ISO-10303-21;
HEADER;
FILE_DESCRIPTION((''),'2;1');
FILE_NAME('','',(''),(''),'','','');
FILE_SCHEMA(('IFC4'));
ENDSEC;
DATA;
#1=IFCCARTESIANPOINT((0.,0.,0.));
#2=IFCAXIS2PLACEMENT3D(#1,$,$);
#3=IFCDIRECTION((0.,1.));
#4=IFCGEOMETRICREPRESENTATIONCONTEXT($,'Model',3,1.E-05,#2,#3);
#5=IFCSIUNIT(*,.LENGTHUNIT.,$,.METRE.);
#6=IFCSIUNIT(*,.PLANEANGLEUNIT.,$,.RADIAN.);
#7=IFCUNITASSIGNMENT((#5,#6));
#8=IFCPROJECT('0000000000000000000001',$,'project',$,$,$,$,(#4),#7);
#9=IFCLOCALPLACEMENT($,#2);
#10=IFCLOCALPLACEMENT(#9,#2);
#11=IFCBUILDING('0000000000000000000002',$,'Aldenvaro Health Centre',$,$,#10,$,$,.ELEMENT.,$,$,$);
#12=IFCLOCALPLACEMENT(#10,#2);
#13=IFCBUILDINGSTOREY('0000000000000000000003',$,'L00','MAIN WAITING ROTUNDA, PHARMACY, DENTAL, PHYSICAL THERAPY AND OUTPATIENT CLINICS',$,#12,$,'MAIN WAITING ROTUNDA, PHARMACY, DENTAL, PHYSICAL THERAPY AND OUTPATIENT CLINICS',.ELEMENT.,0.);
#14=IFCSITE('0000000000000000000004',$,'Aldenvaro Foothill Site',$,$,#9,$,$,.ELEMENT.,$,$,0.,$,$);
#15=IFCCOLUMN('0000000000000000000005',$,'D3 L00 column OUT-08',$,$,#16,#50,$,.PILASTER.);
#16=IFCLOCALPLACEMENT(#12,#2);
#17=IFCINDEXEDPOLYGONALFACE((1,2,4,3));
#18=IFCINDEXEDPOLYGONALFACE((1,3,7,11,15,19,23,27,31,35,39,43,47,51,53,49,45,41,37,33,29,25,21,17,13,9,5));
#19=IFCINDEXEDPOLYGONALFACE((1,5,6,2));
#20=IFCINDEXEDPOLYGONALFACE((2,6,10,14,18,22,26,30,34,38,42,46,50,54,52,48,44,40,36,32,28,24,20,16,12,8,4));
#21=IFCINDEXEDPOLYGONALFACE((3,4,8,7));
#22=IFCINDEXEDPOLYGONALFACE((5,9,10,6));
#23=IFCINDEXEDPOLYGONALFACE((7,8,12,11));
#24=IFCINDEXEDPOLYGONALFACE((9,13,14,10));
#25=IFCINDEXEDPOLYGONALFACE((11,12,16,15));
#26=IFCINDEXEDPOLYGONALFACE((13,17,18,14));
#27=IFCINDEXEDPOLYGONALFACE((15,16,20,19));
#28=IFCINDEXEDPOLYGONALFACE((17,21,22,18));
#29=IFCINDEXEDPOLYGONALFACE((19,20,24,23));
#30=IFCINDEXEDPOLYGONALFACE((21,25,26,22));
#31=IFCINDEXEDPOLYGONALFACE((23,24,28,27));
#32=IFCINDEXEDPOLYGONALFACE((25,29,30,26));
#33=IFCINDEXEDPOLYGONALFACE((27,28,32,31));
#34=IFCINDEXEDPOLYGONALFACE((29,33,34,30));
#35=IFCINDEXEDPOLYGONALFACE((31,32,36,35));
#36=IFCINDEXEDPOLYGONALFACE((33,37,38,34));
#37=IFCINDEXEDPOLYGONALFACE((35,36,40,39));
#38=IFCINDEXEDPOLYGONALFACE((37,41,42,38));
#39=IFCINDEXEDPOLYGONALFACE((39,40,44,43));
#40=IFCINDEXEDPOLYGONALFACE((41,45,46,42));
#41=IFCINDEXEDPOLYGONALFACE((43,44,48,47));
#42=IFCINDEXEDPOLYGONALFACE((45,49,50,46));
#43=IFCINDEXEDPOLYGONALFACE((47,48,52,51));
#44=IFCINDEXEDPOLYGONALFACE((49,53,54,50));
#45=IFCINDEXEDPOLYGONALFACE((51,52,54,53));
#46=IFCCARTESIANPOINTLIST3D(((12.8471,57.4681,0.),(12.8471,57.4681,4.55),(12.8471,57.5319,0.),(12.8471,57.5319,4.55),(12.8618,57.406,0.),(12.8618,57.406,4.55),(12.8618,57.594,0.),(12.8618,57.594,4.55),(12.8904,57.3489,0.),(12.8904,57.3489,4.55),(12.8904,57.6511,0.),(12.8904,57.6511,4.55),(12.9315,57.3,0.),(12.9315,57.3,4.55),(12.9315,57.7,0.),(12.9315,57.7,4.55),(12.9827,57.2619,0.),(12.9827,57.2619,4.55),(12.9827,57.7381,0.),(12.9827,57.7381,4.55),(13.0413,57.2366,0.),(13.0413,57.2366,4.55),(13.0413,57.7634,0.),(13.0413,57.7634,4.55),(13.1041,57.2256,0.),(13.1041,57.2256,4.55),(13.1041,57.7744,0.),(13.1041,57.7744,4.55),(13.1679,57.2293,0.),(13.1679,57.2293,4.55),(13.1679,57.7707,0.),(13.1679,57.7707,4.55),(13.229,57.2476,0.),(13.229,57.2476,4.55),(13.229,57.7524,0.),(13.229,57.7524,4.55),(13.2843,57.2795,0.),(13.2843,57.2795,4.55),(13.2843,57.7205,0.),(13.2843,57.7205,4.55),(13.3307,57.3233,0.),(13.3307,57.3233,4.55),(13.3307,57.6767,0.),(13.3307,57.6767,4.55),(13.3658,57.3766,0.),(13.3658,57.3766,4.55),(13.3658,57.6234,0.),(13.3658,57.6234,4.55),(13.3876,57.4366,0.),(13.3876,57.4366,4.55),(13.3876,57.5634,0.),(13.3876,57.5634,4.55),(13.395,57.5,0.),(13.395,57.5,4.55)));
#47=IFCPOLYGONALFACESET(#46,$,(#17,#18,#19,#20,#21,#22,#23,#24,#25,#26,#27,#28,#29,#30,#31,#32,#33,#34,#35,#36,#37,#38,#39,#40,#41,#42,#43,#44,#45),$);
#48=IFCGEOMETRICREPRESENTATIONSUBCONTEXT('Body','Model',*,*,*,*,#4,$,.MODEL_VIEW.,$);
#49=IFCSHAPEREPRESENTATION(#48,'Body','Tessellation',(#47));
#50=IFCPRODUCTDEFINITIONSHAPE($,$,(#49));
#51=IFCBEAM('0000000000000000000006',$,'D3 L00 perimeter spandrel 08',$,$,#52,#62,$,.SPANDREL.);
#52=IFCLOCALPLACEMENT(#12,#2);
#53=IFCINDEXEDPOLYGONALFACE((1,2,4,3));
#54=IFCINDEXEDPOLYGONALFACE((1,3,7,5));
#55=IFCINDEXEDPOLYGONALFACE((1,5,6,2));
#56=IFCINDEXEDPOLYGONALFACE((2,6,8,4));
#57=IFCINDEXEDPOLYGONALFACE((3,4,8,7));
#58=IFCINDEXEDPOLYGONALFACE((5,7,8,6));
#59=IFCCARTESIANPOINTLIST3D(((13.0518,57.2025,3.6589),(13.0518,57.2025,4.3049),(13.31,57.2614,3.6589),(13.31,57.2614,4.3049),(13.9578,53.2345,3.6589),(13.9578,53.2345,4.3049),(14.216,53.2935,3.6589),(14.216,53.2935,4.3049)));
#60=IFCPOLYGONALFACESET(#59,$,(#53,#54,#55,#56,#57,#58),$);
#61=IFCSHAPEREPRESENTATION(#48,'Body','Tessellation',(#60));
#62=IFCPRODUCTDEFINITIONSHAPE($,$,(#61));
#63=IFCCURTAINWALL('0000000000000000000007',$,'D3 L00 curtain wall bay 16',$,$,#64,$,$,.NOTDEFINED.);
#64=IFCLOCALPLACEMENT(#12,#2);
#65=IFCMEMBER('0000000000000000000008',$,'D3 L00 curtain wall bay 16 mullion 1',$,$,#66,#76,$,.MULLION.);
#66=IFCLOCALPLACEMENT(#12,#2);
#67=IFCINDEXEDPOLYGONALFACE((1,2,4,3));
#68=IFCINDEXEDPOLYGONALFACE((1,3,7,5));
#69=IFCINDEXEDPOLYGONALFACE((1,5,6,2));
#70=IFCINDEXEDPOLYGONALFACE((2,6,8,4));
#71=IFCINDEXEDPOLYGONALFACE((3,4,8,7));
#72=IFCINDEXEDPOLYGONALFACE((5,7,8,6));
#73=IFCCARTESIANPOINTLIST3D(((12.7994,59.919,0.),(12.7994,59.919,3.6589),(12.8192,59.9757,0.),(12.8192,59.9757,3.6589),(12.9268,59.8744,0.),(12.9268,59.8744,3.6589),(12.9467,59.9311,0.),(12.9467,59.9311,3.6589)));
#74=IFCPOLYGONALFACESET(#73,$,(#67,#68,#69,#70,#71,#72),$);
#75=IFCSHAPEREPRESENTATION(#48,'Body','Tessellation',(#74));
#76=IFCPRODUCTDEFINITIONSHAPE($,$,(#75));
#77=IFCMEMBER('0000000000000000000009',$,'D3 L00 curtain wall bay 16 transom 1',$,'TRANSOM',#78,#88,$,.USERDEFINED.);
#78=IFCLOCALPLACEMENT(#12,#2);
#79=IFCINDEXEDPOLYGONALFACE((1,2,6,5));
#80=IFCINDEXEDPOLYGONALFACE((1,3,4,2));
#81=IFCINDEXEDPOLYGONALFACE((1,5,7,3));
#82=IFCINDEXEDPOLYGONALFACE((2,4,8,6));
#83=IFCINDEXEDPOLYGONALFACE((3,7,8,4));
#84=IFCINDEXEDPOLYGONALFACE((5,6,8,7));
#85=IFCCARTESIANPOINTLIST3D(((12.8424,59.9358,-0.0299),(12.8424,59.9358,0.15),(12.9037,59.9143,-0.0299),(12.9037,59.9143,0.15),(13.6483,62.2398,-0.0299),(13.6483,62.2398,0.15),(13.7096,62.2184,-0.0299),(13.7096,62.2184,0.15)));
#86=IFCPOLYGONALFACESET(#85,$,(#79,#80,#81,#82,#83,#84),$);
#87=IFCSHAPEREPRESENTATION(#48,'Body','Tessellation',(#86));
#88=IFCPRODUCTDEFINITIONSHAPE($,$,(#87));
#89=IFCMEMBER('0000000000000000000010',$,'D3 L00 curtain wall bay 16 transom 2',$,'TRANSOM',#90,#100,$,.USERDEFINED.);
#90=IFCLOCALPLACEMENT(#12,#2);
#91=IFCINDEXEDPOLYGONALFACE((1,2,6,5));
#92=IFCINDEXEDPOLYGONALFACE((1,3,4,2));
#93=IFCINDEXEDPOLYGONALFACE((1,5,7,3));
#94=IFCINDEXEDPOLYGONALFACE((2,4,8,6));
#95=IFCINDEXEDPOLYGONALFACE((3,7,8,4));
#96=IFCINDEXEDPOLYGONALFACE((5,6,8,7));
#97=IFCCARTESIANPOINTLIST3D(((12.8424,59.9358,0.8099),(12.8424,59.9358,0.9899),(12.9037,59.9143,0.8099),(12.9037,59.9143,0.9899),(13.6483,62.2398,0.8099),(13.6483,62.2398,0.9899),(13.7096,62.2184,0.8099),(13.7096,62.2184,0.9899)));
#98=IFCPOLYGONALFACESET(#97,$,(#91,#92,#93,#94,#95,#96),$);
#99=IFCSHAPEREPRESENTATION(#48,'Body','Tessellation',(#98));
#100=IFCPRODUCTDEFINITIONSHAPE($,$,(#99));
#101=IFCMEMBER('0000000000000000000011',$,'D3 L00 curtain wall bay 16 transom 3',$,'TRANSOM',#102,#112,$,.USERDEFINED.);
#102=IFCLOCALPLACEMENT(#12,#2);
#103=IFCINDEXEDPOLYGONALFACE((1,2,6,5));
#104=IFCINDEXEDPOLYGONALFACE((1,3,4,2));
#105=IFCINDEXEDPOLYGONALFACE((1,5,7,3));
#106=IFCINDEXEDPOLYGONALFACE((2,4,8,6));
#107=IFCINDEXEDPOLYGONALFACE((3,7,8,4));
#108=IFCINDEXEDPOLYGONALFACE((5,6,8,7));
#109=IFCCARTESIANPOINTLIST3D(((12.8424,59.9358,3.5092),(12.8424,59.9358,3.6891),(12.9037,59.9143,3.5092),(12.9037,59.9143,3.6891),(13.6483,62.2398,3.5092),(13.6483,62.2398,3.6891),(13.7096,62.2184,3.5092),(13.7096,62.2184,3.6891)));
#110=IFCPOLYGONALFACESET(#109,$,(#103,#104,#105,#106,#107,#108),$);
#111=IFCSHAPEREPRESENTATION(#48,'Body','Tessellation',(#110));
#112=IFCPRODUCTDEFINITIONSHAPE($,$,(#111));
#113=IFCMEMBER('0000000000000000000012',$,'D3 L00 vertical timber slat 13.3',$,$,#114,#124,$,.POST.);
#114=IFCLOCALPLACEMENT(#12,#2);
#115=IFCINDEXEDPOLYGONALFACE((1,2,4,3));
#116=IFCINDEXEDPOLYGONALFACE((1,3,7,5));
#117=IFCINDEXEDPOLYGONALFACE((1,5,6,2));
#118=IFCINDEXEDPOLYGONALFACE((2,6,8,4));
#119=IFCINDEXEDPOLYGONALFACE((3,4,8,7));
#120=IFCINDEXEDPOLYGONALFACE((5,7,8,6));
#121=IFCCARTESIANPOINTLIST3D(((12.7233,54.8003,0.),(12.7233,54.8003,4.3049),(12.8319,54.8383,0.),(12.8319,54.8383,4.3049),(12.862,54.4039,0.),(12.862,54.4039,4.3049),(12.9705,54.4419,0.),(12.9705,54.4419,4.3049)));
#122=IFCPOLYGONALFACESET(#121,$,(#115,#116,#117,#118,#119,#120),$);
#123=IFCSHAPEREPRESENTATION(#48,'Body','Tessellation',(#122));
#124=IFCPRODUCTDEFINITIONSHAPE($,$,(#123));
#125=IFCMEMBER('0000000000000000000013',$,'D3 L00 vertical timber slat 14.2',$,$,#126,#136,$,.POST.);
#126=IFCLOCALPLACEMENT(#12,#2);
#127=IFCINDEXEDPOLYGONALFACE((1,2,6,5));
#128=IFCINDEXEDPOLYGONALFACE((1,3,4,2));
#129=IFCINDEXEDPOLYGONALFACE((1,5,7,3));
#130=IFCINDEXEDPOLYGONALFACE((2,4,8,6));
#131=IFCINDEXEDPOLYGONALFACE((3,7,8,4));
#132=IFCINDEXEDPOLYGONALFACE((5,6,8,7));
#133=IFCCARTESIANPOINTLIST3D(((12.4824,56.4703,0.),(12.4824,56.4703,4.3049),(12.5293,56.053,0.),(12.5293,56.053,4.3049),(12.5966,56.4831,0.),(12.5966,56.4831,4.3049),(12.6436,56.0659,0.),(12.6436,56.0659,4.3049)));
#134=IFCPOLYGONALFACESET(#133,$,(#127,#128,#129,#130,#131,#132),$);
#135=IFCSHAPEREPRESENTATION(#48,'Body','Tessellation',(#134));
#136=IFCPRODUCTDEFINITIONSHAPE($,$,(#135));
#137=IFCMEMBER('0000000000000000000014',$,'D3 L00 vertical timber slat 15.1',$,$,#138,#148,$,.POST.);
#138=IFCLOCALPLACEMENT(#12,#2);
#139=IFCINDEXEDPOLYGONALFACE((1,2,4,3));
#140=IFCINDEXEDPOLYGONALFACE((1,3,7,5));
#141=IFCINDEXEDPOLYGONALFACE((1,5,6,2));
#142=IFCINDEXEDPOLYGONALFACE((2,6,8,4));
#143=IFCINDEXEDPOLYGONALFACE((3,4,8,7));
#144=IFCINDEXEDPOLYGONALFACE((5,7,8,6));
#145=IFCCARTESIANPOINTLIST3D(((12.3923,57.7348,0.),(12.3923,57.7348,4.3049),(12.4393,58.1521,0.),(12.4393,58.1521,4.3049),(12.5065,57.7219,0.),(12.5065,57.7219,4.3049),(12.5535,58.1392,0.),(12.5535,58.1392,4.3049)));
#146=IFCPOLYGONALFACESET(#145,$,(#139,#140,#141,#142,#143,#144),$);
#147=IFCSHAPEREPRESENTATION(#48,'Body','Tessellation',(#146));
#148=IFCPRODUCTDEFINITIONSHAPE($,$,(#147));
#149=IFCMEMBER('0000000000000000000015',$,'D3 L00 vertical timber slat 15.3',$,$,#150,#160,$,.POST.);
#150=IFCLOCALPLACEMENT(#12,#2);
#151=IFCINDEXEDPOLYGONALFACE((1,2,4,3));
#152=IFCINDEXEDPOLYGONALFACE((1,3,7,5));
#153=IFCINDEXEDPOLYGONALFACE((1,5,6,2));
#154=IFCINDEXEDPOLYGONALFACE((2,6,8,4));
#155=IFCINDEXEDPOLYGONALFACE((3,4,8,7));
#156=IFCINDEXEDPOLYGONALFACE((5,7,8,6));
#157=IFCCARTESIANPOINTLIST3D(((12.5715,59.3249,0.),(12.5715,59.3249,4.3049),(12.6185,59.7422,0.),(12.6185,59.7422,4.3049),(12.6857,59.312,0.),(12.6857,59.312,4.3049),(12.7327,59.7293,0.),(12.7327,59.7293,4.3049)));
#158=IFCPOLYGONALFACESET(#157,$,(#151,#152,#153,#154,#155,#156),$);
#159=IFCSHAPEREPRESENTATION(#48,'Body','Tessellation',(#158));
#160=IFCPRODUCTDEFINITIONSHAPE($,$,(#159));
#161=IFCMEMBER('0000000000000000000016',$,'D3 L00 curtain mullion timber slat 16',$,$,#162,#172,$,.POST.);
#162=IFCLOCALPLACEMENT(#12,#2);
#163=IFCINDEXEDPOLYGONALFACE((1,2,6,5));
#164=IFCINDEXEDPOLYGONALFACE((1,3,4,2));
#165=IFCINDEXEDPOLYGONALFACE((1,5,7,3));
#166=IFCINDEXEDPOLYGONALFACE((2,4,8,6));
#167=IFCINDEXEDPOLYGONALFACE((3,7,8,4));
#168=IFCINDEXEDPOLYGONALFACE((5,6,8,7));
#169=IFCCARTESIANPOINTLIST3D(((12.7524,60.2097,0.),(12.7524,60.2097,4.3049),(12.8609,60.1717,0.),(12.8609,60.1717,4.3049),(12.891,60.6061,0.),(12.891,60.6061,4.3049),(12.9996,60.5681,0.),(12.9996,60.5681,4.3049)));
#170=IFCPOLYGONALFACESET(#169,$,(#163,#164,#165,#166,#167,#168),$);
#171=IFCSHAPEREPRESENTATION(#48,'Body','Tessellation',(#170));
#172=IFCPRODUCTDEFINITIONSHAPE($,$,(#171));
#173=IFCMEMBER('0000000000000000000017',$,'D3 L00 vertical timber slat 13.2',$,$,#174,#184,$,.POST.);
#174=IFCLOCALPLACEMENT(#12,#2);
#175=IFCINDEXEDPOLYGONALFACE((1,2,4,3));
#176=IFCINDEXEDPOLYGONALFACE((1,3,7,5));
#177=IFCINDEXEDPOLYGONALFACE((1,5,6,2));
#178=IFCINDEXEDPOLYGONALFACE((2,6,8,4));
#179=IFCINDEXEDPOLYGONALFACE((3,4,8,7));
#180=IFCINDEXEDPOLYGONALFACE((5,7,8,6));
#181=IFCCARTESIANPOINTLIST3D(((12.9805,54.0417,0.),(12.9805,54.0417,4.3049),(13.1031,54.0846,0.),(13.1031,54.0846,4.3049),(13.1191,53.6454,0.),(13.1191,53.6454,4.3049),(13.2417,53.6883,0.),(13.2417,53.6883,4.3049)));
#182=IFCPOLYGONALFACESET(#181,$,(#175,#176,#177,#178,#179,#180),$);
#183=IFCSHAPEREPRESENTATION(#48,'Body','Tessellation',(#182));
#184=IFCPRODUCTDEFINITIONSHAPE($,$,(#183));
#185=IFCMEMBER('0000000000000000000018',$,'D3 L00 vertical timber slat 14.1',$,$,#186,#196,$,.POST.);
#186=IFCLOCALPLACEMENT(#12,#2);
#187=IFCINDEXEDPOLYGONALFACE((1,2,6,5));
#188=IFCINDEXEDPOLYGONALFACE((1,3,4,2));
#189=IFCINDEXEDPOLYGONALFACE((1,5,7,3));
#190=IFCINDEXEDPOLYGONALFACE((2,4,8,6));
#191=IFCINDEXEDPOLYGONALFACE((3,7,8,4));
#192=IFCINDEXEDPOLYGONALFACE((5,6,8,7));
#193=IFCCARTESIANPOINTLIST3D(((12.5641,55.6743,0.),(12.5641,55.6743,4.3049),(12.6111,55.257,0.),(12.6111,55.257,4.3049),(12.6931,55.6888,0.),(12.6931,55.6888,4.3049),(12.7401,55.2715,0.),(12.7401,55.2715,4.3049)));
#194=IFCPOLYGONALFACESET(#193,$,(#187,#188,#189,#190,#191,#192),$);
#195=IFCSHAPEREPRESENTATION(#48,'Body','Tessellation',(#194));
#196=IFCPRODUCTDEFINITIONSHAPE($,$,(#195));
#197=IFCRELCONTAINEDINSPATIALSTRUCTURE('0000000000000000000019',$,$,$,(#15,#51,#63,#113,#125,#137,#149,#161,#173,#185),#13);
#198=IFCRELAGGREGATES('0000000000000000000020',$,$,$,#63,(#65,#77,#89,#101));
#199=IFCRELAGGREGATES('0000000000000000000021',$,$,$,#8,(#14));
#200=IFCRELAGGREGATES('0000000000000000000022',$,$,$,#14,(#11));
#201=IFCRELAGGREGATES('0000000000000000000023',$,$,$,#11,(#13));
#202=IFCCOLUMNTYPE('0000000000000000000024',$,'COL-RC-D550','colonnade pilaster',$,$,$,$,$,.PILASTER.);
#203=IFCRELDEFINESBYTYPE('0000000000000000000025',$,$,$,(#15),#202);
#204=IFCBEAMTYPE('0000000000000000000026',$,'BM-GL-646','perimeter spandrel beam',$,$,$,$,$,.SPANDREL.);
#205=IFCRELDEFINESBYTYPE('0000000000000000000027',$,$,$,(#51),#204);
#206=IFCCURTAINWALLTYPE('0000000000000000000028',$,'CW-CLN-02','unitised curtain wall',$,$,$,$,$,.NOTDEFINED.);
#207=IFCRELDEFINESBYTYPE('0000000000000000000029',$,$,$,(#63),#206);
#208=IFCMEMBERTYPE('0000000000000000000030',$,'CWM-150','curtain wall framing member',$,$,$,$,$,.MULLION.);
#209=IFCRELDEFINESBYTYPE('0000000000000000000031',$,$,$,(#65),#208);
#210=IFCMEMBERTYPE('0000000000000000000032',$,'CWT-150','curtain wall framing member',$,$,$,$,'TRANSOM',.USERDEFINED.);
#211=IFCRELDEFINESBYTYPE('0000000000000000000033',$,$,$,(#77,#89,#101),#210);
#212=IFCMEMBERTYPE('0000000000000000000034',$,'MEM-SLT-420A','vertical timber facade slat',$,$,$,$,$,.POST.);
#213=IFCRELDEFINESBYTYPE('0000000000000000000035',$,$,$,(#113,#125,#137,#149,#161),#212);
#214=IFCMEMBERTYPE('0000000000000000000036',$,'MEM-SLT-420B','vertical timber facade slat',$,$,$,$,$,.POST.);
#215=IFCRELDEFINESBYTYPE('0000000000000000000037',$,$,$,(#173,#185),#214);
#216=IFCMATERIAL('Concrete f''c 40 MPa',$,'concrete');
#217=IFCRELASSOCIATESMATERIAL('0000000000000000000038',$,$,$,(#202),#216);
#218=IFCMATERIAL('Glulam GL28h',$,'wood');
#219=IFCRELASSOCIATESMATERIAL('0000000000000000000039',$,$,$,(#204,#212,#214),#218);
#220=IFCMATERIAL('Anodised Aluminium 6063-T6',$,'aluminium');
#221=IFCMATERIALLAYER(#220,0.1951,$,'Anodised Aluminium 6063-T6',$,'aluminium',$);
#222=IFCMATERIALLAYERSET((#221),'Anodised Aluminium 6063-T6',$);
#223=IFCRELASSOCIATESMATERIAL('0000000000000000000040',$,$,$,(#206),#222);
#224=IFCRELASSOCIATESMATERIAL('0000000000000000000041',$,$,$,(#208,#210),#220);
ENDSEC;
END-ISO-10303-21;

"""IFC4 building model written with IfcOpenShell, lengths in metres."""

from ifc_helpers import new_model, si_unit, direction, frame, origin, origin_2d, place, context, subcontext, project, spatial, rectangle, circle, extrude, material, layer, layer_set, material_profile, profile_set, type_object, element, aggregate, save


model = new_model("IFC4")

# Units and contexts
model_context = context("Model", 3, precision=1e-05, world=origin(), true_north=direction((0.0, 1.0)))
body_context = subcontext(model_context, "Body", "Model", "MODEL_VIEW")
ifc_project = project(units=[si_unit("LENGTHUNIT", "METRE"), si_unit("PLANEANGLEUNIT", "RADIAN")], contexts=[model_context])

# Site, building, storey
site_placement = place(None, origin())
site = spatial("IfcSite", under=ifc_project, at=site_placement, Name="Aldenvaro Foothill Site", CompositionType="ELEMENT", RefElevation=0.0)
building_placement = place(site_placement, origin())
building = spatial("IfcBuilding", under=site, at=building_placement, Name="Aldenvaro Health Centre", CompositionType="ELEMENT")
storey_placement = place(building_placement, origin())
storey = spatial("IfcBuildingStorey", under=building, at=storey_placement, Name="L00", Description="MAIN WAITING ROTUNDA, PHARMACY, DENTAL, PHYSICAL THERAPY AND OUTPATIENT CLINICS", LongName="MAIN WAITING ROTUNDA, PHARMACY, DENTAL, PHYSICAL THERAPY AND OUTPATIENT CLINICS", CompositionType="ELEMENT", Elevation=0.0)

# Column
ifc_material_1 = material(Name="Concrete f'c 40 MPa", Category="concrete")
ifc_material_profile_1 = material_profile(ifc_material_1, circle(Radius=0.2749, at=origin_2d()), Name="RC D550", Category="concrete")
ifc_profile_set_1 = profile_set([ifc_material_profile_1], Name="Concrete f'c 40 MPa")
column_type = type_object("IfcColumnType", Name="COL-RC-D550", Description="colonnade pilaster", PredefinedType="PILASTER", material=ifc_profile_set_1)
column_placement = place(storey_placement, frame((13.1201, 57.5, 0.0), z_axis=(0.0, 0.0, 1.0), x_axis=(1.0, 0.0, 0.0)))
element("IfcColumn", 1, at=column_placement, inside=storey, type_object=column_type, Name="D3 L00 column OUT-08", PredefinedType="PILASTER", context=body_context, shape_type="SweptSolid", body=[
    extrude(circle(Radius=0.2749, at=origin_2d()), origin(), (0.0, 0.0, 1.0), 4.55),
])

# Beam
ifc_material_2 = material(Name="Glulam GL28h", Category="wood")
ifc_material_profile_2 = material_profile(ifc_material_2, rectangle(XDim=0.2649, YDim=0.646, at=origin_2d()), Name="GL 265x646", Category="wood")
ifc_profile_set_2 = profile_set([ifc_material_profile_2], Name="Glulam GL28h")
beam_type = type_object("IfcBeamType", Name="BM-GL-646", Description="perimeter spandrel beam", PredefinedType="SPANDREL", material=ifc_profile_set_2)
beam_placement = place(storey_placement, frame((13.1809, 57.2319, 3.9819), z_axis=(0.222598, -0.97491, 0.0), x_axis=(0.97491, 0.222598, 0.0)))
element("IfcBeam", 2, at=beam_placement, inside=storey, type_object=beam_type, Name="D3 L00 perimeter spandrel 08", PredefinedType="SPANDREL", context=body_context, shape_type="SweptSolid", body=[
    extrude(rectangle(XDim=0.2649, YDim=0.646, at=origin_2d()), origin(), (0.0, 0.0, 1.0), 4.0701),
])

# Curtain wall, members
ifc_material_3 = material(Name="Anodised Aluminium 6063-T6", Category="aluminium")
ifc_layer_1 = layer(ifc_material_3, 0.1951, Name="Anodised Aluminium 6063-T6", Category="aluminium")
ifc_layer_set_1 = layer_set([ifc_layer_1], Name="Anodised Aluminium 6063-T6")
curtain_wall_type = type_object("IfcCurtainWallType", Name="CW-CLN-02", Description="unitised curtain wall", PredefinedType="NOTDEFINED", material=ifc_layer_set_1)
curtain_wall_placement = place(storey_placement, origin())
curtain_wall = element("IfcCurtainWall", 3, at=curtain_wall_placement, inside=storey, type_object=curtain_wall_type, Name="D3 L00 curtain wall bay 16", PredefinedType="NOTDEFINED")
ifc_material_profile_3 = material_profile(ifc_material_3, rectangle(XDim=0.0601, YDim=0.135, at=origin_2d()), Name="ALU 60x135", Category="aluminium")
ifc_profile_set_3 = profile_set([ifc_material_profile_3], Name="Anodised Aluminium 6063-T6")
member_type_1 = type_object("IfcMemberType", Name="CWM-150", Description="curtain wall framing member", PredefinedType="MULLION", material=ifc_profile_set_3)
member_1_placement = place(storey_placement, frame((12.873, 59.925, 0.0), z_axis=(0.0, 0.0, 1.0), x_axis=(0.330204, 0.943909, 0.0)))
member_1 = element("IfcMember", 4, at=member_1_placement, type_object=member_type_1, Name="D3 L00 curtain wall bay 16 mullion 1", PredefinedType="MULLION", context=body_context, shape_type="SweptSolid", body=[
    extrude(rectangle(XDim=0.0601, YDim=0.135, at=origin_2d()), origin(), (0.0, 0.0, 1.0), 3.6589),
])
ifc_material_profile_4 = material_profile(ifc_material_3, rectangle(XDim=0.0649, YDim=0.1799, at=origin_2d()), Name="ALU 65x180", Category="aluminium")
ifc_profile_set_4 = profile_set([ifc_material_profile_4], Name="Anodised Aluminium 6063-T6")
member_type_2 = type_object("IfcMemberType", Name="CWT-150", Description="curtain wall framing member", ElementType="TRANSOM", PredefinedType="USERDEFINED", material=ifc_profile_set_4)
member_2_placement = place(storey_placement, frame((12.873, 59.925, 0.0601), z_axis=(0.330177, 0.943919, 0.0), x_axis=(-0.943919, 0.330177, 0.0)))
member_2 = element("IfcMember", 5, at=member_2_placement, type_object=member_type_2, Name="D3 L00 curtain wall bay 16 transom 1", ObjectType="TRANSOM", PredefinedType="USERDEFINED", context=body_context, shape_type="SweptSolid", body=[
    extrude(rectangle(XDim=0.0649, YDim=0.1799, at=origin_2d()), origin(), (0.0, 0.0, 1.0), 2.4409),
])
member_3_placement = place(storey_placement, frame((12.873, 59.925, 0.8999), z_axis=(0.330177, 0.943919, 0.0), x_axis=(-0.943919, 0.330177, 0.0)))
member_3 = element("IfcMember", 6, at=member_3_placement, type_object=member_type_2, Name="D3 L00 curtain wall bay 16 transom 2", ObjectType="TRANSOM", PredefinedType="USERDEFINED", context=body_context, shape_type="SweptSolid", body=[
    extrude(rectangle(XDim=0.0649, YDim=0.1799, at=origin_2d()), origin(), (0.0, 0.0, 1.0), 2.4409),
])
member_4_placement = place(storey_placement, frame((12.873, 59.925, 3.5991), z_axis=(0.330177, 0.943919, 0.0), x_axis=(-0.943919, 0.330177, 0.0)))
member_4 = element("IfcMember", 7, at=member_4_placement, type_object=member_type_2, Name="D3 L00 curtain wall bay 16 transom 3", ObjectType="TRANSOM", PredefinedType="USERDEFINED", context=body_context, shape_type="SweptSolid", body=[
    extrude(rectangle(XDim=0.0649, YDim=0.1799, at=origin_2d()), origin(), (0.0, 0.0, 1.0), 2.4409),
])

# Members
ifc_material_profile_5 = material_profile(ifc_material_2, rectangle(XDim=0.115, YDim=0.4199, at=origin_2d()), Name="GL 115x420", Category="wood")
ifc_profile_set_5 = profile_set([ifc_material_profile_5], Name="Glulam GL28h")
member_type_3 = type_object("IfcMemberType", Name="MEM-SLT-420A", Description="vertical timber facade slat", PredefinedType="POST", material=ifc_profile_set_5)
for number, where, z_axis, x_axis, name in (
    (8, (12.8469, 54.6211, 0.0), (0.0, 0.0, 1.0), (-0.943909, -0.330204, 0.0), "D3 L00 vertical timber slat 13.3"),
    (9, (12.563, 56.2681, 0.0), (0.0, 0.0, 1.0), (-0.993723, -0.111871, 0.0), "D3 L00 vertical timber slat 14.2"),
    (10, (12.4729, 57.937, 0.0), (0.0, 0.0, 1.0), (-0.993723, 0.111871, 0.0), "D3 L00 vertical timber slat 15.1"),
    (11, (12.6521, 59.5271, 0.0), (0.0, 0.0, 1.0), (-0.993723, 0.111871, 0.0), "D3 L00 vertical timber slat 15.3"),
    (12, (12.876, 60.3889, 0.0), (0.0, 0.0, 1.0), (-0.943909, 0.330204, 0.0), "D3 L00 curtain mullion timber slat 16"),
):
    element("IfcMember", number, at=place(storey_placement, frame(where, z_axis=z_axis, x_axis=x_axis)), inside=storey, type_object=member_type_3, Name=name, PredefinedType="POST", context=body_context, shape_type="SweptSolid", body=[
        extrude(rectangle(XDim=0.115, YDim=0.4199, at=origin_2d()), origin(), (0.0, 0.0, 1.0), 4.3049),
    ])
ifc_material_profile_6 = material_profile(ifc_material_2, rectangle(XDim=0.1299, YDim=0.4199, at=origin_2d()), Name="GL 130x420", Category="wood")
ifc_profile_set_6 = profile_set([ifc_material_profile_6], Name="Glulam GL28h")
member_type_4 = type_object("IfcMemberType", Name="MEM-SLT-420B", Description="vertical timber facade slat", PredefinedType="POST", material=ifc_profile_set_6)
for number, where, z_axis, x_axis, name in (
    (13, (13.1111, 53.865, 0.0), (0.0, 0.0, 1.0), (-0.943909, -0.330204, 0.0), "D3 L00 vertical timber slat 13.2"),
    (14, (12.6521, 55.4729, 0.0), (0.0, 0.0, 1.0), (-0.993723, -0.111871, 0.0), "D3 L00 vertical timber slat 14.1"),
):
    element("IfcMember", number, at=place(storey_placement, frame(where, z_axis=z_axis, x_axis=x_axis)), inside=storey, type_object=member_type_4, Name=name, PredefinedType="POST", context=body_context, shape_type="SweptSolid", body=[
        extrude(rectangle(XDim=0.1299, YDim=0.4199, at=origin_2d()), origin(), (0.0, 0.0, 1.0), 4.3049),
    ])

aggregate(curtain_wall, [member_1, member_2, member_3, member_4])

save(model, "model.ifc")
